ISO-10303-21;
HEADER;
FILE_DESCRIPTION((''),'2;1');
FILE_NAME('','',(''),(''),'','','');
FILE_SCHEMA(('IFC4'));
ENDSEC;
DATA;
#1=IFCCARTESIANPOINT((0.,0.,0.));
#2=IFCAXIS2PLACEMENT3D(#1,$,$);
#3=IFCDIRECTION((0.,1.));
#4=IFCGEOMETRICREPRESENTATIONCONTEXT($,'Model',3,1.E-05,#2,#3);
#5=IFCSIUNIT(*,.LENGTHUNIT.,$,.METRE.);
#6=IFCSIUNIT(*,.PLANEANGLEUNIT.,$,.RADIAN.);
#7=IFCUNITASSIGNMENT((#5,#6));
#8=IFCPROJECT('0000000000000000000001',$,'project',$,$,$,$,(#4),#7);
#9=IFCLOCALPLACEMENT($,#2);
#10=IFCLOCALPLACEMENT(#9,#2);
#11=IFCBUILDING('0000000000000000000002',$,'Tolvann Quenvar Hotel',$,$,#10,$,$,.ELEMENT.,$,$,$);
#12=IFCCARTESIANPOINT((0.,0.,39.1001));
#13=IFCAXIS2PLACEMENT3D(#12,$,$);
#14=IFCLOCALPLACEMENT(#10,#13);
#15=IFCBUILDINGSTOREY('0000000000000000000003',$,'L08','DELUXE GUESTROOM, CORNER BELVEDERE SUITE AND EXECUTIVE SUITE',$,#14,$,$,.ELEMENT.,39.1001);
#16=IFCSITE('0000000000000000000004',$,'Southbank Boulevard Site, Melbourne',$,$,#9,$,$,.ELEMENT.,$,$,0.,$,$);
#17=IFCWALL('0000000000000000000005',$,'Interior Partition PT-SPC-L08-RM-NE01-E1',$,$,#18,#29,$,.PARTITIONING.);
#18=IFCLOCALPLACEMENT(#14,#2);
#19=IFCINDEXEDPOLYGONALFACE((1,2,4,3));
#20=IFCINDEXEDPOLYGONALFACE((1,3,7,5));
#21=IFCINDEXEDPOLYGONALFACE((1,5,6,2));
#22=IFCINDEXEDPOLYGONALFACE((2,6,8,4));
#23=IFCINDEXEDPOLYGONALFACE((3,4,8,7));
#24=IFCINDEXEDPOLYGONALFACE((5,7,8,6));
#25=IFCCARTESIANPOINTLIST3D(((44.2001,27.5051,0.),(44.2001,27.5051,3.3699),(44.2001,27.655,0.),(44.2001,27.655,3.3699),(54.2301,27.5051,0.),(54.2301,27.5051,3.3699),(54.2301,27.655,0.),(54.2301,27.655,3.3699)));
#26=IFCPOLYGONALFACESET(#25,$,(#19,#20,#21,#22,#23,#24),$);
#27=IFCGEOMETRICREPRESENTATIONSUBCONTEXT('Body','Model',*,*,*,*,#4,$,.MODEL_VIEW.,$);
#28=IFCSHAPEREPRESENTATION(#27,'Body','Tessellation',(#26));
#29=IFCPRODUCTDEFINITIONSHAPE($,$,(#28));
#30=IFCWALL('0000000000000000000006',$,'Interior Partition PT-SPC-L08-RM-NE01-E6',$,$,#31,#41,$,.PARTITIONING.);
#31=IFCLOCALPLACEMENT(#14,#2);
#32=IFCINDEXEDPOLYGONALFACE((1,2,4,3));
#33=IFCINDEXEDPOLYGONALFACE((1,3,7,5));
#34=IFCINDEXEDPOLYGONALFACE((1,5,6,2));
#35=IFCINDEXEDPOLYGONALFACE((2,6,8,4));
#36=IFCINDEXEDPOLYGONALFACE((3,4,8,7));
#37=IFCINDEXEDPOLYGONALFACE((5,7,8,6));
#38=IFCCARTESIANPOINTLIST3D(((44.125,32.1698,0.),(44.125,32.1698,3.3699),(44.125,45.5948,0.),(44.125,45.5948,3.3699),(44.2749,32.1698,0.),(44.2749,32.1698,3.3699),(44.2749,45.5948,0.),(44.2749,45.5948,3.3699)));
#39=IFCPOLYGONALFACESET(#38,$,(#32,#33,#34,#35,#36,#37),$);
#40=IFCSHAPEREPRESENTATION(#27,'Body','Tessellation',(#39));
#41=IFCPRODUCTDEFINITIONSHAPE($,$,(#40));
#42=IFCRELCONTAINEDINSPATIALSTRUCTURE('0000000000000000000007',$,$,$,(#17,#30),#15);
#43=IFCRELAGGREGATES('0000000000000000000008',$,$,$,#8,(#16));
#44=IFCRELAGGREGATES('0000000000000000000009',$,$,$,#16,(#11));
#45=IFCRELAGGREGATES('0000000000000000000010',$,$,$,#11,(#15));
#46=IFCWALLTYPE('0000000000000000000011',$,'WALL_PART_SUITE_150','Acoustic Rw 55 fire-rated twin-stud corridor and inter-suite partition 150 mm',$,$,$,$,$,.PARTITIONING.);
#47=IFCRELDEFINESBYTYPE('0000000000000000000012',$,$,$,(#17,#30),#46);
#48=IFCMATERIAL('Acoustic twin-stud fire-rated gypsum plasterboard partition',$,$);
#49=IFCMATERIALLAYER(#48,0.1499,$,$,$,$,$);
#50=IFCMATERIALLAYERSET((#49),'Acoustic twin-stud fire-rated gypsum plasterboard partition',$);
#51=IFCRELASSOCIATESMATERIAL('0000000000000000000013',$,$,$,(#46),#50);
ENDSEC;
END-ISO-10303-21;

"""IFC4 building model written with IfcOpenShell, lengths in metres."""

from ifc_helpers import new_model, si_unit, direction, frame, frame_2d, origin, place, context, subcontext, project, spatial, rectangle, extrude, material, layer, layer_set, type_object, element, save


model = new_model("IFC4")

# Units and contexts
model_context = context("Model", 3, precision=1e-05, world=origin(), true_north=direction((0.0, 1.0)))
body_context = subcontext(model_context, "Body", "Model", "MODEL_VIEW")
ifc_project = project(units=[si_unit("LENGTHUNIT", "METRE"), si_unit("PLANEANGLEUNIT", "RADIAN")], contexts=[model_context])

# Site, building, storey
site_placement = place(None, origin())
site = spatial("IfcSite", under=ifc_project, at=site_placement, Name="Southbank Boulevard Site, Melbourne", CompositionType="ELEMENT", RefElevation=0.0)
building_placement = place(site_placement, origin())
building = spatial("IfcBuilding", under=site, at=building_placement, Name="Tolvann Quenvar Hotel", CompositionType="ELEMENT")
storey_placement = place(building_placement, frame((0.0, 0.0, 39.1001)))
storey = spatial("IfcBuildingStorey", under=building, at=storey_placement, Name="L08", Description="DELUXE GUESTROOM, CORNER BELVEDERE SUITE AND EXECUTIVE SUITE", CompositionType="ELEMENT", Elevation=39.1001)

# Shared definitions
ifc_material_1 = material(Name="Acoustic twin-stud fire-rated gypsum plasterboard partition")
ifc_layer_1 = layer(ifc_material_1, 0.1499)
ifc_layer_set_1 = layer_set([ifc_layer_1], Name="Acoustic twin-stud fire-rated gypsum plasterboard partition")
wall_type_1 = type_object("IfcWallType", Name="WALL_PART_SUITE_150", Description="Acoustic Rw 55 fire-rated twin-stud corridor and inter-suite partition 150 mm", PredefinedType="PARTITIONING", material=ifc_layer_set_1)

# Walls
wall_1_placement = place(storey_placement, frame((44.2, 27.5801, 0.0), z_axis=(0.0, 0.0, 1.0), x_axis=(1.0, 0.0, 0.0)))
element("IfcWall", 1, at=wall_1_placement, inside=storey, type_object=wall_type_1, Name="Interior Partition PT-SPC-L08-RM-NE01-E1", PredefinedType="PARTITIONING", context=body_context, shape_type="SweptSolid", body=[
    extrude(rectangle(XDim=10.03, YDim=0.1499, at=frame_2d((5.0151, 0.0))), origin(), (0.0, 0.0, 1.0), 3.3699),
])
wall_2_placement = place(storey_placement, frame((44.2, 32.1699, 0.0), z_axis=(0.0, 0.0, 1.0), x_axis=(0.0, 1.0, 0.0)))
element("IfcWall", 2, at=wall_2_placement, inside=storey, type_object=wall_type_1, Name="Interior Partition PT-SPC-L08-RM-NE01-E6", PredefinedType="PARTITIONING", context=body_context, shape_type="SweptSolid", body=[
    extrude(rectangle(XDim=13.425, YDim=0.1499, at=frame_2d((6.7124, 0.0))), origin(), (0.0, 0.0, 1.0), 3.3699),
])

save(model, "model.ifc")
